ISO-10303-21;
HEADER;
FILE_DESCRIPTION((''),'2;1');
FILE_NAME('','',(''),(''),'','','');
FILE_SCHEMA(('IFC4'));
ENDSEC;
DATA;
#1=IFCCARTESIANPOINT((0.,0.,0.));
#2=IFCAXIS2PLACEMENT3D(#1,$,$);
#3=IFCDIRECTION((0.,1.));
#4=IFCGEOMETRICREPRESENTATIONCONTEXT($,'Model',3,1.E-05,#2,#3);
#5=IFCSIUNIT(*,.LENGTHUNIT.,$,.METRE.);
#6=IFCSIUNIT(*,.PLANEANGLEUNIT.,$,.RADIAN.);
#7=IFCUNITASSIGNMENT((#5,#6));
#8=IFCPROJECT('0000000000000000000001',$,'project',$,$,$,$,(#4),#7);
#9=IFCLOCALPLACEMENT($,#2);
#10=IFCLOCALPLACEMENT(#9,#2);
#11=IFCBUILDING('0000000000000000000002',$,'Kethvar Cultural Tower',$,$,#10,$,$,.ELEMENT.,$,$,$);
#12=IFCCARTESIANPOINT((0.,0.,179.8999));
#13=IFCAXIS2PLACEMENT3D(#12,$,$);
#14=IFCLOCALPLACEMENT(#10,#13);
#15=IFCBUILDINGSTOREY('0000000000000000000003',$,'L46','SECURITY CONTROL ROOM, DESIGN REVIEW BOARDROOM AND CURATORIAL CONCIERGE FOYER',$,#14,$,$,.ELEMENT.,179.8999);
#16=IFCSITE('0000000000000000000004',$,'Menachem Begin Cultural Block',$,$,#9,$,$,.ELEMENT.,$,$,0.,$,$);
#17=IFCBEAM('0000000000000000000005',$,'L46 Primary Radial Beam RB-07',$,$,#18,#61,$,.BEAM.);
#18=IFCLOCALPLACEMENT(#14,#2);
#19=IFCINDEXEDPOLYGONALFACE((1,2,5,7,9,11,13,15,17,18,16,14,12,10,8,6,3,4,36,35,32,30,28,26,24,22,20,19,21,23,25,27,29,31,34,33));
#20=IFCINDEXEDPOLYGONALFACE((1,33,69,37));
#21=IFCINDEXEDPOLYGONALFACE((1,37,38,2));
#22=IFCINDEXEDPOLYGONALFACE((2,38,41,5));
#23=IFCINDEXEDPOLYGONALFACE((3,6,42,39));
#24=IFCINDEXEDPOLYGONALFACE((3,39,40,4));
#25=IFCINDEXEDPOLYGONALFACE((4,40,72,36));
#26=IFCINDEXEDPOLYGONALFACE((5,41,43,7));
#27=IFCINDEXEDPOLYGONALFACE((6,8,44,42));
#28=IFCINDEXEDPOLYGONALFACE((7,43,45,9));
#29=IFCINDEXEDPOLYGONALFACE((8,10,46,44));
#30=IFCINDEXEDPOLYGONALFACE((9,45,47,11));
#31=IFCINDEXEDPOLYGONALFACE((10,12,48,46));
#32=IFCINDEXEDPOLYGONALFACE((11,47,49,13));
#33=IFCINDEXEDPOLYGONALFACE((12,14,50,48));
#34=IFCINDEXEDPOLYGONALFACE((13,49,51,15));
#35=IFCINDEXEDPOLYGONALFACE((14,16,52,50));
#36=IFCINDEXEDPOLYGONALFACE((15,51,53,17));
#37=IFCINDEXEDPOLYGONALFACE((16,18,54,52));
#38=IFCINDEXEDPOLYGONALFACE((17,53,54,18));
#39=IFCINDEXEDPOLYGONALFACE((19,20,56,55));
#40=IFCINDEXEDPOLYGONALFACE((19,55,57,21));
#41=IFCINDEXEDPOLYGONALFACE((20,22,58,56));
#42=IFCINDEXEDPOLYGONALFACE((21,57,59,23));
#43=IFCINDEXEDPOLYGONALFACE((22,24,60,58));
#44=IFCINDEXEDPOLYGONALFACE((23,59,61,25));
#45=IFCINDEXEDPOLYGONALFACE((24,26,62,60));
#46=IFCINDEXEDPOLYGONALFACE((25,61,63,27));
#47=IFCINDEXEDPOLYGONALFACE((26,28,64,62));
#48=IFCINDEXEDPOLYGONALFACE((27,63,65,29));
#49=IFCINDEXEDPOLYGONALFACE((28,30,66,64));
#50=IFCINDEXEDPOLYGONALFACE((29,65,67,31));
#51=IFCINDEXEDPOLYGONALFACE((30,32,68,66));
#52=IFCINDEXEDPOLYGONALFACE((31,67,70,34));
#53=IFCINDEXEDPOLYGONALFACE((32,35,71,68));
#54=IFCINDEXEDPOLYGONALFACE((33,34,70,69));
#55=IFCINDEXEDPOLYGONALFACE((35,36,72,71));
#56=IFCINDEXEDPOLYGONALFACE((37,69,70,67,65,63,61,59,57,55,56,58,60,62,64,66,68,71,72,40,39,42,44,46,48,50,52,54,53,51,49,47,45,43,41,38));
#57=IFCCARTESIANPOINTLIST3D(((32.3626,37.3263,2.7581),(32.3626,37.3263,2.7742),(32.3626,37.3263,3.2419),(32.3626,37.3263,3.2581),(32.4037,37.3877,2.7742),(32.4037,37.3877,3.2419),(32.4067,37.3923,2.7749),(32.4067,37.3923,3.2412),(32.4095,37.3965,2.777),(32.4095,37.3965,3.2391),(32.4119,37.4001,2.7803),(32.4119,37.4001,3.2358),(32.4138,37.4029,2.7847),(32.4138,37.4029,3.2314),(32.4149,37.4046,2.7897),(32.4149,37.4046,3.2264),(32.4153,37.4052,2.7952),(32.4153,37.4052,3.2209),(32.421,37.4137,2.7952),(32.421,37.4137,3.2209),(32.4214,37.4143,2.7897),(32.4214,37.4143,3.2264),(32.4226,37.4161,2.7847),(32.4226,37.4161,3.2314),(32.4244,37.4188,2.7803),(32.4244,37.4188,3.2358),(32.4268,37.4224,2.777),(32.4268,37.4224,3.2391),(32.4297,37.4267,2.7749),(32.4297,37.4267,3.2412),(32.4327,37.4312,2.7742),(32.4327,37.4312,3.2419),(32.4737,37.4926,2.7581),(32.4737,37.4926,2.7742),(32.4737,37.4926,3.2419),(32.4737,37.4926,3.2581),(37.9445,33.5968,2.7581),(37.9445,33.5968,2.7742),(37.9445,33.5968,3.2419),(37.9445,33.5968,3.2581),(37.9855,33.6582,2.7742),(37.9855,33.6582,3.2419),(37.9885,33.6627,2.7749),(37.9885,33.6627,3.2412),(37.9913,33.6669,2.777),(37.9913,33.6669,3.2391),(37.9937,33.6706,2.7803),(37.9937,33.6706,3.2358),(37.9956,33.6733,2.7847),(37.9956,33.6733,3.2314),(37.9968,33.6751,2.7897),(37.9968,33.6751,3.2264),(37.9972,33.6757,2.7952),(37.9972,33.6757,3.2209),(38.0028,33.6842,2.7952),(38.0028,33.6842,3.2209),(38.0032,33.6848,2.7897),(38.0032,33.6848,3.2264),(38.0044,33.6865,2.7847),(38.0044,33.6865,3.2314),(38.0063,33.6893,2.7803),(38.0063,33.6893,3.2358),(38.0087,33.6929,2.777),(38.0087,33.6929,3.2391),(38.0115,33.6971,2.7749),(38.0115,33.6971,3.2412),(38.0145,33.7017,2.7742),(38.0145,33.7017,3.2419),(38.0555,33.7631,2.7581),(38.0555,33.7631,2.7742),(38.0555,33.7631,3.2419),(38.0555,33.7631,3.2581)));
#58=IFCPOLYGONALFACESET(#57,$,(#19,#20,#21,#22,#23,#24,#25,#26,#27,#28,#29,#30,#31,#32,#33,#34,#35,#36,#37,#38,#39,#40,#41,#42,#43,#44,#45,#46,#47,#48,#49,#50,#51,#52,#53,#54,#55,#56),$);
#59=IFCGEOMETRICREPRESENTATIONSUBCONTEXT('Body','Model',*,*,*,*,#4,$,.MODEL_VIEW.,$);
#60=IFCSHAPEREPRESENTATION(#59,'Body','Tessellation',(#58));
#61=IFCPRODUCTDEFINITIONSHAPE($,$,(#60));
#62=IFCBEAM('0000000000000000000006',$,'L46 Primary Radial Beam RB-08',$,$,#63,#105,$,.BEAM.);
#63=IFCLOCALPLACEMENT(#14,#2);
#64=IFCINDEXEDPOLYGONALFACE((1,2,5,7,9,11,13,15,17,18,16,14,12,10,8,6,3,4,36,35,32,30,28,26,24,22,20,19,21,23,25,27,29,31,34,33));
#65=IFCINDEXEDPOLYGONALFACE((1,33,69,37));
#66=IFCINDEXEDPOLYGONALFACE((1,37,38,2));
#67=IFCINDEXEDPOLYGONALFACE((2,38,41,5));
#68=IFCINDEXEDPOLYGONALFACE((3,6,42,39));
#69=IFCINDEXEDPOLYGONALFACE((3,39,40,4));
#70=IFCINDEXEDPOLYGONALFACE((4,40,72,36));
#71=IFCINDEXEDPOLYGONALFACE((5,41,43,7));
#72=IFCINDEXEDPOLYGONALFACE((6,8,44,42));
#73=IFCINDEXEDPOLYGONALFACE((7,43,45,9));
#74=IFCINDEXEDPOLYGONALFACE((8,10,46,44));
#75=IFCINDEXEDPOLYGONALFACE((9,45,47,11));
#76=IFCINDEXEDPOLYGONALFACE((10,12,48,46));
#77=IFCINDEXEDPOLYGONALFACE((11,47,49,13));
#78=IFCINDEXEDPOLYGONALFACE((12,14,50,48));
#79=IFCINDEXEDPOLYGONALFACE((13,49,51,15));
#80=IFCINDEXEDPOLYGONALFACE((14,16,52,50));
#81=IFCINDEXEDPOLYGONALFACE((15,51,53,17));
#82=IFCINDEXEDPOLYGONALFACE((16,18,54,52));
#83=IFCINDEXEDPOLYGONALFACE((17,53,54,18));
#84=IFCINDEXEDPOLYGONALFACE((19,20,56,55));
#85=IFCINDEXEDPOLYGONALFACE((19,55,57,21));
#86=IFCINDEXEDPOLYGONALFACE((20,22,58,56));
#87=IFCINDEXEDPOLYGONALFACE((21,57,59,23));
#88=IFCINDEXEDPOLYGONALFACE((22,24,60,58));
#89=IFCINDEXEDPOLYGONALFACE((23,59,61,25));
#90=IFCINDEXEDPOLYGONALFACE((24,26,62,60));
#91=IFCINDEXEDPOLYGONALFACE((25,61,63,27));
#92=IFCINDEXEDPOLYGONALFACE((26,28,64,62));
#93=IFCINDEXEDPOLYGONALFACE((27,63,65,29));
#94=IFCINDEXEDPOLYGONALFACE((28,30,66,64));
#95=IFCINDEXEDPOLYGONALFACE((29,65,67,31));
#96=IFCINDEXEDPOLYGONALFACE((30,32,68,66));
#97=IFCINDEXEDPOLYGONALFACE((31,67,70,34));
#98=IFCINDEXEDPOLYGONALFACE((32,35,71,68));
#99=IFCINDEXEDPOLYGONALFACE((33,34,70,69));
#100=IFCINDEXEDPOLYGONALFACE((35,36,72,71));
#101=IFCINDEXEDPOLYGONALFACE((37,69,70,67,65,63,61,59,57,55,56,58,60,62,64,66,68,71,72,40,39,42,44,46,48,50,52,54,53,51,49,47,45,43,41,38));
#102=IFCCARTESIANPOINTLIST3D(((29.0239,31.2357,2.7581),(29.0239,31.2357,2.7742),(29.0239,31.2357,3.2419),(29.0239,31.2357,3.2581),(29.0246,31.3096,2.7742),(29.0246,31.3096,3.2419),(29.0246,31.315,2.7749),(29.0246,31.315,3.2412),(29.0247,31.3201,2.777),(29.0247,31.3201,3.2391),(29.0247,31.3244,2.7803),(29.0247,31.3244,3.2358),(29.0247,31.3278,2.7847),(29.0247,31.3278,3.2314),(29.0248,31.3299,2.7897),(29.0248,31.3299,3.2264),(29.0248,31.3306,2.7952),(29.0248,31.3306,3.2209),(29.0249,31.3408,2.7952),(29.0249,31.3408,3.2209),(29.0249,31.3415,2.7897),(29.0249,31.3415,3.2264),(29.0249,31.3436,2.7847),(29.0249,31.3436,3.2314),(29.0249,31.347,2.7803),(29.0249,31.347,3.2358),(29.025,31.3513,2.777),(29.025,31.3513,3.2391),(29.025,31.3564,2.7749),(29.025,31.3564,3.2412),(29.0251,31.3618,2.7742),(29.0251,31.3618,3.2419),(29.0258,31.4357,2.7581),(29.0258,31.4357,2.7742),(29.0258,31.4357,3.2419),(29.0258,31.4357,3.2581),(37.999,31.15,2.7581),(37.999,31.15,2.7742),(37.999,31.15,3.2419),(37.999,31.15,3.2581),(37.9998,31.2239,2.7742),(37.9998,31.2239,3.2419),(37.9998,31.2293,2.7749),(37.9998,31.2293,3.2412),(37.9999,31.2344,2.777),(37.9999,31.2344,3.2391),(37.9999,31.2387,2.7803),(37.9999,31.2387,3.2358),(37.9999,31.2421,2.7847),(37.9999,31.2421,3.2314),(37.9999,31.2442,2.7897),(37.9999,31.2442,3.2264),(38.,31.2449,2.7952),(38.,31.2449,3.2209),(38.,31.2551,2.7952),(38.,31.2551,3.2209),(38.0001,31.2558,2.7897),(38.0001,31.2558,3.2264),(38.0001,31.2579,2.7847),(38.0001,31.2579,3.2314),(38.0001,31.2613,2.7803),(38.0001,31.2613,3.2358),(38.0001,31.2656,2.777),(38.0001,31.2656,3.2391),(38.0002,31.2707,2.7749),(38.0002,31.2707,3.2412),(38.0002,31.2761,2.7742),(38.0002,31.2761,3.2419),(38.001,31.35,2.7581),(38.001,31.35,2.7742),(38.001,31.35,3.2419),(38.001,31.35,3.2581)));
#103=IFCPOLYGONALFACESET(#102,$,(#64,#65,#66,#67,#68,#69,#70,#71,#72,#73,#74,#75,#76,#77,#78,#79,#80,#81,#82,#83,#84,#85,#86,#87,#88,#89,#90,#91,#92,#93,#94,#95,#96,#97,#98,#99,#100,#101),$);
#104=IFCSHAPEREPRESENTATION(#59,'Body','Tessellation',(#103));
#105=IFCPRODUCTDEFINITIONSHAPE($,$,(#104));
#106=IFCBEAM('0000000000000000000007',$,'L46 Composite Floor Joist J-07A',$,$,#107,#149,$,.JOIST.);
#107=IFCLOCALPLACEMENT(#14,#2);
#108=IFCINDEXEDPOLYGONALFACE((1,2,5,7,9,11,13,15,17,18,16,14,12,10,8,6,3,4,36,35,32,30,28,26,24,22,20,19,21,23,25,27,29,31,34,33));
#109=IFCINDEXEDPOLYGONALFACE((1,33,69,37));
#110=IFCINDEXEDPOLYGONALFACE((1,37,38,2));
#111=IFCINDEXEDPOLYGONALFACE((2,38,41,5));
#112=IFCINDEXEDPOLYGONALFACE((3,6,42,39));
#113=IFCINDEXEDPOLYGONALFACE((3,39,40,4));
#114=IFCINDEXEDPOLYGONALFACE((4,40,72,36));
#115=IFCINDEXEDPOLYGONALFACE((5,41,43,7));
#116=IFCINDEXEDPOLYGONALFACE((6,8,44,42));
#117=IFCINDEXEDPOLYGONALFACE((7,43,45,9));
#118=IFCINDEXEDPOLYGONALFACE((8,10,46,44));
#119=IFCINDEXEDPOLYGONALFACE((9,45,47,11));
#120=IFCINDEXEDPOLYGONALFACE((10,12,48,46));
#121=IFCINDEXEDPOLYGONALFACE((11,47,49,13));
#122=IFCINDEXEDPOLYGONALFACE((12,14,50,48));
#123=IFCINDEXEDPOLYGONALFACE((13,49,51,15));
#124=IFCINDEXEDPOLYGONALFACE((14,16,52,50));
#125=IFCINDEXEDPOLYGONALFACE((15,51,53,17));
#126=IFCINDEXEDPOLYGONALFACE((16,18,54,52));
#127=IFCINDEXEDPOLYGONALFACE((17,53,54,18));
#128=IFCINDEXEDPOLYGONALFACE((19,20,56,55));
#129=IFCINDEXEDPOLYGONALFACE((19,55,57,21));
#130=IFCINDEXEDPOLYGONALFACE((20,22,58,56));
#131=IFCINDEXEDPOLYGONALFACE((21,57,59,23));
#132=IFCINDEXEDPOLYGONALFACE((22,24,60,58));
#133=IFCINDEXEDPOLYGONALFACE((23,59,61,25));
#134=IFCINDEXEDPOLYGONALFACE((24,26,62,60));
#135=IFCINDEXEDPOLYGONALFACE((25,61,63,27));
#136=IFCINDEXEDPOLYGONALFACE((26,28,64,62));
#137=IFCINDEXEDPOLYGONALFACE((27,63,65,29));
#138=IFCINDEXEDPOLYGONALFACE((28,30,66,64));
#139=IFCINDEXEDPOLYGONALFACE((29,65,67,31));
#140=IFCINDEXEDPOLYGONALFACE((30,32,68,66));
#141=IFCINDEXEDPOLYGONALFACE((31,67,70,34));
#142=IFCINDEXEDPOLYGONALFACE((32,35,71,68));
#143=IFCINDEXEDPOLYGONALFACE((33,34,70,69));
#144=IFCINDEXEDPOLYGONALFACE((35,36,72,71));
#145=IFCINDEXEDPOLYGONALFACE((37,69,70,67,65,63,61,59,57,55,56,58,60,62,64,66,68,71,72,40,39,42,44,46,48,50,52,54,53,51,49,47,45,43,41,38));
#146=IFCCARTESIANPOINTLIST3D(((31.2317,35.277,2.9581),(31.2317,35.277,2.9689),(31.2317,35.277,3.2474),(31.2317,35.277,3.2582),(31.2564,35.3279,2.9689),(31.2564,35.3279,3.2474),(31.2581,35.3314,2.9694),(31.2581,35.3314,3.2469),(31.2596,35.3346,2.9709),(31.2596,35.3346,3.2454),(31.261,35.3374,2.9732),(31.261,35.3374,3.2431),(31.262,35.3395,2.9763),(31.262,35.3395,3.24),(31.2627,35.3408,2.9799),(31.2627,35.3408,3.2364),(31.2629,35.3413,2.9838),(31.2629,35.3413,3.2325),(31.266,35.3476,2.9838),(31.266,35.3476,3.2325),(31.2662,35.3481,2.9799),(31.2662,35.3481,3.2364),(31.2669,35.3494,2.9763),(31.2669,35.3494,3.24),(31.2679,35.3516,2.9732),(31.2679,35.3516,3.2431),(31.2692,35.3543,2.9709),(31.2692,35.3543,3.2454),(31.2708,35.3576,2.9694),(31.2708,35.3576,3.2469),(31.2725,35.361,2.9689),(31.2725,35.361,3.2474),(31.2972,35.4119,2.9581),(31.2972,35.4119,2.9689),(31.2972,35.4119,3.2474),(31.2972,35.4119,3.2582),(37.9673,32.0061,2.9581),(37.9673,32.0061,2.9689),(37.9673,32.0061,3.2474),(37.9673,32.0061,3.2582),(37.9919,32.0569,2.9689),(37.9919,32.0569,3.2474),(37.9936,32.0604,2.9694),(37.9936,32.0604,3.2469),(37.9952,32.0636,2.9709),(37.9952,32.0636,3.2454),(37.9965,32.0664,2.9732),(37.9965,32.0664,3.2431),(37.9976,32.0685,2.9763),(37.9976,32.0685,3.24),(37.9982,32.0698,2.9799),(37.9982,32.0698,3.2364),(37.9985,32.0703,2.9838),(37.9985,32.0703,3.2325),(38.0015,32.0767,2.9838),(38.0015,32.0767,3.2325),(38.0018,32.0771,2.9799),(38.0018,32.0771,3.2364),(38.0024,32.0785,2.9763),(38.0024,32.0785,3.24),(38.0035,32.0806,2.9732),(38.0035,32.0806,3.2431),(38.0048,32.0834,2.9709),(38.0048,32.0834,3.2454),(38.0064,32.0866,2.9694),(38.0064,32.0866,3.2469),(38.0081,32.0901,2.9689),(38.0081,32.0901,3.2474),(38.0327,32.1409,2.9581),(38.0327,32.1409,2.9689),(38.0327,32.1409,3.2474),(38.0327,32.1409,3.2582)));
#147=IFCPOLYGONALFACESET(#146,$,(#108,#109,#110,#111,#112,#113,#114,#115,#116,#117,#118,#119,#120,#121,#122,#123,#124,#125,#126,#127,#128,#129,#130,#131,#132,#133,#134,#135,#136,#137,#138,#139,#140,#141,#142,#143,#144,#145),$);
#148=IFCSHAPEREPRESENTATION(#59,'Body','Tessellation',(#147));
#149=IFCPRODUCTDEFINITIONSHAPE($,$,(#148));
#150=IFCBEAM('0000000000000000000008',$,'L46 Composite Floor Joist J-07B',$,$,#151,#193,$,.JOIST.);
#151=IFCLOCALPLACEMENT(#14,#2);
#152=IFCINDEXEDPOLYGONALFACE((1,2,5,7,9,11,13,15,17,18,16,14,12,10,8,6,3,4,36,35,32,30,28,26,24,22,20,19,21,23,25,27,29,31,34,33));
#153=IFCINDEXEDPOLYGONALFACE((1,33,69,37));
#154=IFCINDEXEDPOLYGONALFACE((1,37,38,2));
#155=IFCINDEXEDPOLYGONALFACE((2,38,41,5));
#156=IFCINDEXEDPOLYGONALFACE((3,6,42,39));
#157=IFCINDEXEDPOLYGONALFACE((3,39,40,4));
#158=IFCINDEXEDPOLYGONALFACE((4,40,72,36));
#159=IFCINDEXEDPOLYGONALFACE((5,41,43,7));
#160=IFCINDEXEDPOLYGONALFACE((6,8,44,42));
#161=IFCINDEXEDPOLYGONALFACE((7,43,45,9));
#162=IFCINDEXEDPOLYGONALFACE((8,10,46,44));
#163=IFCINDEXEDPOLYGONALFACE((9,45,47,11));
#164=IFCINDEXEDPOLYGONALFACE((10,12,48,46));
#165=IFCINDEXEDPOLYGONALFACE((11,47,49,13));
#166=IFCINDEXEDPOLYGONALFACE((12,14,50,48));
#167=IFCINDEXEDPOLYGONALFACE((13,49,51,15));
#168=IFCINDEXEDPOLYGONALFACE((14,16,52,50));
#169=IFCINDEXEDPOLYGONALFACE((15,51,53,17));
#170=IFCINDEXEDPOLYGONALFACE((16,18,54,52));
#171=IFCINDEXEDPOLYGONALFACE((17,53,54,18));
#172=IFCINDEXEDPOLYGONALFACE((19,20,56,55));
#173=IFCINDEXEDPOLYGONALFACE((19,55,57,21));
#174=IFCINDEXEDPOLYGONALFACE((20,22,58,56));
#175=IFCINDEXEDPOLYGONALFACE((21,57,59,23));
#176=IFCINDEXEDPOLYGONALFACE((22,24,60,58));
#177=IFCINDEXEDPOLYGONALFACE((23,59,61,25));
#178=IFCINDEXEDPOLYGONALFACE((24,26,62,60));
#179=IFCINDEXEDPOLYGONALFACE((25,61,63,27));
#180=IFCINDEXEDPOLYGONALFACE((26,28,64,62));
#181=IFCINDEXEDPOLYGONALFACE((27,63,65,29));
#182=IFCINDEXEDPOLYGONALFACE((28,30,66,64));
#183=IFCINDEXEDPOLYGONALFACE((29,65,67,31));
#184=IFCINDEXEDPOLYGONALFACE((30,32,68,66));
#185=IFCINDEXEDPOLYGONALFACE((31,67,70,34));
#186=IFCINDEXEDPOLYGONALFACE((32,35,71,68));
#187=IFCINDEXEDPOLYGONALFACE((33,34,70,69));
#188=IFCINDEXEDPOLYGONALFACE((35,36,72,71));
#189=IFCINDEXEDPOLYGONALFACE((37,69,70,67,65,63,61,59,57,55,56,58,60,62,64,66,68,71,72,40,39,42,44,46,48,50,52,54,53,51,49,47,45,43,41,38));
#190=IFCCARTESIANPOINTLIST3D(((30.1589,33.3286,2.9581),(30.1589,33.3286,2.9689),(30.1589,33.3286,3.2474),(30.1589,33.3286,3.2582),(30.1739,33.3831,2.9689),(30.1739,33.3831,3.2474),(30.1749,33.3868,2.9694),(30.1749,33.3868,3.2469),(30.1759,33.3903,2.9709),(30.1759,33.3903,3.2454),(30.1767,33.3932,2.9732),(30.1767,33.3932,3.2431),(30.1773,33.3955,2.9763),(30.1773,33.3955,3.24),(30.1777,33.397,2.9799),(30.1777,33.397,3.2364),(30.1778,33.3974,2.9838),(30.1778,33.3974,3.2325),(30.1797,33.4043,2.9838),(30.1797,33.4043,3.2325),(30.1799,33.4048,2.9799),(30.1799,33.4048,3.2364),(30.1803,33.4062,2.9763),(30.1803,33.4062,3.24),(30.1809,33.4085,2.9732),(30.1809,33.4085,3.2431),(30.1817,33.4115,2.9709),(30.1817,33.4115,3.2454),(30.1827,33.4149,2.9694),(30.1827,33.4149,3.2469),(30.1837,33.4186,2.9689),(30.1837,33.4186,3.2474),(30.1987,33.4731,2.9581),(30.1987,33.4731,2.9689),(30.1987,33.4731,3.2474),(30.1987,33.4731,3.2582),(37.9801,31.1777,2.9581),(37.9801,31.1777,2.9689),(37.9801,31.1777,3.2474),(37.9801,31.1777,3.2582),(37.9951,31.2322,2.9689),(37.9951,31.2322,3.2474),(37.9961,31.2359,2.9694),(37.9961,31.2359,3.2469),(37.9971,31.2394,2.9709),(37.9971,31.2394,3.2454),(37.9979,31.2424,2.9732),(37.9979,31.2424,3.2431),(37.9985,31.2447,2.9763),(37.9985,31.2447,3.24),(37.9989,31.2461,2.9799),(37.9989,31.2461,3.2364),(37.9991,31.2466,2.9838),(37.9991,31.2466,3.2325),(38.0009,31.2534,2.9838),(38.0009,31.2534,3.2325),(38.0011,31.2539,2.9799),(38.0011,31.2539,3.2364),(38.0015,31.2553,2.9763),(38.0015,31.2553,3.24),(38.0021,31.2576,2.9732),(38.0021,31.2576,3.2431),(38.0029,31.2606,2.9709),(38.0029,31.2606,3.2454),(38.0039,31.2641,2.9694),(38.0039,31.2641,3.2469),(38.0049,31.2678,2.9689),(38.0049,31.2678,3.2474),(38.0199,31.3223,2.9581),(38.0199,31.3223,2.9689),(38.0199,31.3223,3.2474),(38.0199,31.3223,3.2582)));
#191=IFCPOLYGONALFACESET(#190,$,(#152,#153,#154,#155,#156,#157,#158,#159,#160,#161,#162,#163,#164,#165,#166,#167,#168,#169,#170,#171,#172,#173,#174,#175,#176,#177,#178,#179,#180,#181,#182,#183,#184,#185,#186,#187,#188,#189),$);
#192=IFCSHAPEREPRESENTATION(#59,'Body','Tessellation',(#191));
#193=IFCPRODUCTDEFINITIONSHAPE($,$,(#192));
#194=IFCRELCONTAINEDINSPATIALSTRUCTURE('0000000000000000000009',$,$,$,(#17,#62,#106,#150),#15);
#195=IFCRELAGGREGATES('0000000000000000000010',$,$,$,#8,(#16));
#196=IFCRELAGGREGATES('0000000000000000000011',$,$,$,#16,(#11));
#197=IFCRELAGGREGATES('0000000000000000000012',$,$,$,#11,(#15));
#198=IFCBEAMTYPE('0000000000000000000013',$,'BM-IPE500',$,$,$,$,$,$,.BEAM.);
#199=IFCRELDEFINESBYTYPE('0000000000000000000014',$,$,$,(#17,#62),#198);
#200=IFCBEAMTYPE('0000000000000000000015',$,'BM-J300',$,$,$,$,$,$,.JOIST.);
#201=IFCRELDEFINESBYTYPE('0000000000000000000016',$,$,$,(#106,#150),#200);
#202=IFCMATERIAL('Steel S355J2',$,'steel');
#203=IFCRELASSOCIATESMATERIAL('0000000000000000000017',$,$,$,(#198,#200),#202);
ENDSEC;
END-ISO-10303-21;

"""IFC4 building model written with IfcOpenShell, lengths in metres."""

from ifc_helpers import new_model, si_unit, direction, frame, origin, origin_2d, place, context, subcontext, project, spatial, i_section, extrude, source, transform, mapped, material, material_profile, profile_set, type_object, element, save


model = new_model("IFC4")

# Units and contexts
model_context = context("Model", 3, precision=1e-05, world=origin(), true_north=direction((0.0, 1.0)))
body_context = subcontext(model_context, "Body", "Model", "MODEL_VIEW")
ifc_project = project(units=[si_unit("LENGTHUNIT", "METRE"), si_unit("PLANEANGLEUNIT", "RADIAN")], contexts=[model_context])

# Site, building, storey
site_placement = place(None, origin())
site = spatial("IfcSite", under=ifc_project, at=site_placement, Name="Menachem Begin Cultural Block", CompositionType="ELEMENT", RefElevation=0.0)
building_placement = place(site_placement, origin())
building = spatial("IfcBuilding", under=site, at=building_placement, Name="Kethvar Cultural Tower", CompositionType="ELEMENT")
storey_placement = place(building_placement, frame((0.0, 0.0, 179.8999)))
storey = spatial("IfcBuildingStorey", under=building, at=storey_placement, Name="L46", Description="SECURITY CONTROL ROOM, DESIGN REVIEW BOARDROOM AND CURATORIAL CONCIERGE FOYER", CompositionType="ELEMENT", Elevation=179.8999)

# Beams
ifc_material_1 = material(Name="Steel S355J2", Category="steel")
ifc_material_profile_1 = material_profile(ifc_material_1, i_section(OverallWidth=0.2, OverallDepth=0.5, WebThickness=0.0103, FlangeThickness=0.0161, FilletRadius=0.021, at=origin_2d()), Name="Steel S355J2 — IPE500")
ifc_profile_set_1 = profile_set([ifc_material_profile_1], Name="Steel S355J2 — IPE500")
beam_type_1 = type_object("IfcBeamType", Name="BM-IPE500", PredefinedType="BEAM", material=ifc_profile_set_1)
shared_shape_1 = source(origin(), body_context, "Body", "SweptSolid", [
    extrude(i_section(OverallWidth=0.2, OverallDepth=0.5, WebThickness=0.0103, FlangeThickness=0.0161, FilletRadius=0.021, at=origin_2d()), origin(), (0.0, 0.0, 1.0), 6.7131),
])
beam_1_placement = place(storey_placement, frame((38.0, 33.6799, 3.0081), z_axis=(-0.831479, 0.555556, 0.0), x_axis=(-0.555556, -0.831479, 0.0)))
element("IfcBeam", 1, at=beam_1_placement, inside=storey, type_object=beam_type_1, Name="L46 Primary Radial Beam RB-07", PredefinedType="BEAM", context=body_context, shape_type="MappedRepresentation", body=[
    mapped(shared_shape_1, transform((0.0, 0.0, 0.0), scale=1.0)),
])
shared_shape_2 = source(origin(), body_context, "Body", "SweptSolid", [
    extrude(i_section(OverallWidth=0.2, OverallDepth=0.5, WebThickness=0.0103, FlangeThickness=0.0161, FilletRadius=0.021, at=origin_2d()), origin(), (0.0, 0.0, 1.0), 8.9756),
])
beam_2_placement = place(storey_placement, frame((38.0, 31.25, 3.0081), z_axis=(-0.999954, 0.009547, 0.0), x_axis=(-0.009547, -0.999954, 0.0)))
element("IfcBeam", 2, at=beam_2_placement, inside=storey, type_object=beam_type_1, Name="L46 Primary Radial Beam RB-08", PredefinedType="BEAM", context=body_context, shape_type="MappedRepresentation", body=[
    mapped(shared_shape_2, transform((0.0, 0.0, 0.0), scale=1.0)),
])
ifc_material_profile_2 = material_profile(ifc_material_1, i_section(OverallWidth=0.1499, OverallDepth=0.3, WebThickness=0.0071, FlangeThickness=0.0107, FilletRadius=0.0149, at=origin_2d()), Name="Steel S355J2 — IPE300")
ifc_profile_set_2 = profile_set([ifc_material_profile_2], Name="Steel S355J2 — IPE300")
beam_type_2 = type_object("IfcBeamType", Name="BM-J300", PredefinedType="JOIST", material=ifc_profile_set_2)
shared_shape_3 = source(origin(), body_context, "Body", "SweptSolid", [
    extrude(i_section(OverallWidth=0.1499, OverallDepth=0.3, WebThickness=0.0071, FlangeThickness=0.0107, FilletRadius=0.0149, at=origin_2d()), origin(), (0.0, 0.0, 1.0), 7.4878),
])
beam_3_placement = place(storey_placement, frame((38.0, 32.0735, 3.1082), z_axis=(-0.899539, 0.436841, 0.0), x_axis=(-0.436841, -0.899539, 0.0)))
element("IfcBeam", 3, at=beam_3_placement, inside=storey, type_object=beam_type_2, Name="L46 Composite Floor Joist J-07A", PredefinedType="JOIST", context=body_context, shape_type="MappedRepresentation", body=[
    mapped(shared_shape_3, transform((0.0, 0.0, 0.0), scale=1.0)),
])
shared_shape_4 = source(origin(), body_context, "Body", "SweptSolid", [
    extrude(i_section(OverallWidth=0.1499, OverallDepth=0.3, WebThickness=0.0071, FlangeThickness=0.0107, FilletRadius=0.0149, at=origin_2d()), origin(), (0.0, 0.0, 1.0), 8.1116),
])
beam_4_placement = place(storey_placement, frame((38.0, 31.25, 3.1082), z_axis=(-0.964205, 0.265159, 0.0), x_axis=(-0.265159, -0.964205, 0.0)))
element("IfcBeam", 4, at=beam_4_placement, inside=storey, type_object=beam_type_2, Name="L46 Composite Floor Joist J-07B", PredefinedType="JOIST", context=body_context, shape_type="MappedRepresentation", body=[
    mapped(shared_shape_4, transform((0.0, 0.0, 0.0), scale=1.0)),
])

save(model, "model.ifc")
